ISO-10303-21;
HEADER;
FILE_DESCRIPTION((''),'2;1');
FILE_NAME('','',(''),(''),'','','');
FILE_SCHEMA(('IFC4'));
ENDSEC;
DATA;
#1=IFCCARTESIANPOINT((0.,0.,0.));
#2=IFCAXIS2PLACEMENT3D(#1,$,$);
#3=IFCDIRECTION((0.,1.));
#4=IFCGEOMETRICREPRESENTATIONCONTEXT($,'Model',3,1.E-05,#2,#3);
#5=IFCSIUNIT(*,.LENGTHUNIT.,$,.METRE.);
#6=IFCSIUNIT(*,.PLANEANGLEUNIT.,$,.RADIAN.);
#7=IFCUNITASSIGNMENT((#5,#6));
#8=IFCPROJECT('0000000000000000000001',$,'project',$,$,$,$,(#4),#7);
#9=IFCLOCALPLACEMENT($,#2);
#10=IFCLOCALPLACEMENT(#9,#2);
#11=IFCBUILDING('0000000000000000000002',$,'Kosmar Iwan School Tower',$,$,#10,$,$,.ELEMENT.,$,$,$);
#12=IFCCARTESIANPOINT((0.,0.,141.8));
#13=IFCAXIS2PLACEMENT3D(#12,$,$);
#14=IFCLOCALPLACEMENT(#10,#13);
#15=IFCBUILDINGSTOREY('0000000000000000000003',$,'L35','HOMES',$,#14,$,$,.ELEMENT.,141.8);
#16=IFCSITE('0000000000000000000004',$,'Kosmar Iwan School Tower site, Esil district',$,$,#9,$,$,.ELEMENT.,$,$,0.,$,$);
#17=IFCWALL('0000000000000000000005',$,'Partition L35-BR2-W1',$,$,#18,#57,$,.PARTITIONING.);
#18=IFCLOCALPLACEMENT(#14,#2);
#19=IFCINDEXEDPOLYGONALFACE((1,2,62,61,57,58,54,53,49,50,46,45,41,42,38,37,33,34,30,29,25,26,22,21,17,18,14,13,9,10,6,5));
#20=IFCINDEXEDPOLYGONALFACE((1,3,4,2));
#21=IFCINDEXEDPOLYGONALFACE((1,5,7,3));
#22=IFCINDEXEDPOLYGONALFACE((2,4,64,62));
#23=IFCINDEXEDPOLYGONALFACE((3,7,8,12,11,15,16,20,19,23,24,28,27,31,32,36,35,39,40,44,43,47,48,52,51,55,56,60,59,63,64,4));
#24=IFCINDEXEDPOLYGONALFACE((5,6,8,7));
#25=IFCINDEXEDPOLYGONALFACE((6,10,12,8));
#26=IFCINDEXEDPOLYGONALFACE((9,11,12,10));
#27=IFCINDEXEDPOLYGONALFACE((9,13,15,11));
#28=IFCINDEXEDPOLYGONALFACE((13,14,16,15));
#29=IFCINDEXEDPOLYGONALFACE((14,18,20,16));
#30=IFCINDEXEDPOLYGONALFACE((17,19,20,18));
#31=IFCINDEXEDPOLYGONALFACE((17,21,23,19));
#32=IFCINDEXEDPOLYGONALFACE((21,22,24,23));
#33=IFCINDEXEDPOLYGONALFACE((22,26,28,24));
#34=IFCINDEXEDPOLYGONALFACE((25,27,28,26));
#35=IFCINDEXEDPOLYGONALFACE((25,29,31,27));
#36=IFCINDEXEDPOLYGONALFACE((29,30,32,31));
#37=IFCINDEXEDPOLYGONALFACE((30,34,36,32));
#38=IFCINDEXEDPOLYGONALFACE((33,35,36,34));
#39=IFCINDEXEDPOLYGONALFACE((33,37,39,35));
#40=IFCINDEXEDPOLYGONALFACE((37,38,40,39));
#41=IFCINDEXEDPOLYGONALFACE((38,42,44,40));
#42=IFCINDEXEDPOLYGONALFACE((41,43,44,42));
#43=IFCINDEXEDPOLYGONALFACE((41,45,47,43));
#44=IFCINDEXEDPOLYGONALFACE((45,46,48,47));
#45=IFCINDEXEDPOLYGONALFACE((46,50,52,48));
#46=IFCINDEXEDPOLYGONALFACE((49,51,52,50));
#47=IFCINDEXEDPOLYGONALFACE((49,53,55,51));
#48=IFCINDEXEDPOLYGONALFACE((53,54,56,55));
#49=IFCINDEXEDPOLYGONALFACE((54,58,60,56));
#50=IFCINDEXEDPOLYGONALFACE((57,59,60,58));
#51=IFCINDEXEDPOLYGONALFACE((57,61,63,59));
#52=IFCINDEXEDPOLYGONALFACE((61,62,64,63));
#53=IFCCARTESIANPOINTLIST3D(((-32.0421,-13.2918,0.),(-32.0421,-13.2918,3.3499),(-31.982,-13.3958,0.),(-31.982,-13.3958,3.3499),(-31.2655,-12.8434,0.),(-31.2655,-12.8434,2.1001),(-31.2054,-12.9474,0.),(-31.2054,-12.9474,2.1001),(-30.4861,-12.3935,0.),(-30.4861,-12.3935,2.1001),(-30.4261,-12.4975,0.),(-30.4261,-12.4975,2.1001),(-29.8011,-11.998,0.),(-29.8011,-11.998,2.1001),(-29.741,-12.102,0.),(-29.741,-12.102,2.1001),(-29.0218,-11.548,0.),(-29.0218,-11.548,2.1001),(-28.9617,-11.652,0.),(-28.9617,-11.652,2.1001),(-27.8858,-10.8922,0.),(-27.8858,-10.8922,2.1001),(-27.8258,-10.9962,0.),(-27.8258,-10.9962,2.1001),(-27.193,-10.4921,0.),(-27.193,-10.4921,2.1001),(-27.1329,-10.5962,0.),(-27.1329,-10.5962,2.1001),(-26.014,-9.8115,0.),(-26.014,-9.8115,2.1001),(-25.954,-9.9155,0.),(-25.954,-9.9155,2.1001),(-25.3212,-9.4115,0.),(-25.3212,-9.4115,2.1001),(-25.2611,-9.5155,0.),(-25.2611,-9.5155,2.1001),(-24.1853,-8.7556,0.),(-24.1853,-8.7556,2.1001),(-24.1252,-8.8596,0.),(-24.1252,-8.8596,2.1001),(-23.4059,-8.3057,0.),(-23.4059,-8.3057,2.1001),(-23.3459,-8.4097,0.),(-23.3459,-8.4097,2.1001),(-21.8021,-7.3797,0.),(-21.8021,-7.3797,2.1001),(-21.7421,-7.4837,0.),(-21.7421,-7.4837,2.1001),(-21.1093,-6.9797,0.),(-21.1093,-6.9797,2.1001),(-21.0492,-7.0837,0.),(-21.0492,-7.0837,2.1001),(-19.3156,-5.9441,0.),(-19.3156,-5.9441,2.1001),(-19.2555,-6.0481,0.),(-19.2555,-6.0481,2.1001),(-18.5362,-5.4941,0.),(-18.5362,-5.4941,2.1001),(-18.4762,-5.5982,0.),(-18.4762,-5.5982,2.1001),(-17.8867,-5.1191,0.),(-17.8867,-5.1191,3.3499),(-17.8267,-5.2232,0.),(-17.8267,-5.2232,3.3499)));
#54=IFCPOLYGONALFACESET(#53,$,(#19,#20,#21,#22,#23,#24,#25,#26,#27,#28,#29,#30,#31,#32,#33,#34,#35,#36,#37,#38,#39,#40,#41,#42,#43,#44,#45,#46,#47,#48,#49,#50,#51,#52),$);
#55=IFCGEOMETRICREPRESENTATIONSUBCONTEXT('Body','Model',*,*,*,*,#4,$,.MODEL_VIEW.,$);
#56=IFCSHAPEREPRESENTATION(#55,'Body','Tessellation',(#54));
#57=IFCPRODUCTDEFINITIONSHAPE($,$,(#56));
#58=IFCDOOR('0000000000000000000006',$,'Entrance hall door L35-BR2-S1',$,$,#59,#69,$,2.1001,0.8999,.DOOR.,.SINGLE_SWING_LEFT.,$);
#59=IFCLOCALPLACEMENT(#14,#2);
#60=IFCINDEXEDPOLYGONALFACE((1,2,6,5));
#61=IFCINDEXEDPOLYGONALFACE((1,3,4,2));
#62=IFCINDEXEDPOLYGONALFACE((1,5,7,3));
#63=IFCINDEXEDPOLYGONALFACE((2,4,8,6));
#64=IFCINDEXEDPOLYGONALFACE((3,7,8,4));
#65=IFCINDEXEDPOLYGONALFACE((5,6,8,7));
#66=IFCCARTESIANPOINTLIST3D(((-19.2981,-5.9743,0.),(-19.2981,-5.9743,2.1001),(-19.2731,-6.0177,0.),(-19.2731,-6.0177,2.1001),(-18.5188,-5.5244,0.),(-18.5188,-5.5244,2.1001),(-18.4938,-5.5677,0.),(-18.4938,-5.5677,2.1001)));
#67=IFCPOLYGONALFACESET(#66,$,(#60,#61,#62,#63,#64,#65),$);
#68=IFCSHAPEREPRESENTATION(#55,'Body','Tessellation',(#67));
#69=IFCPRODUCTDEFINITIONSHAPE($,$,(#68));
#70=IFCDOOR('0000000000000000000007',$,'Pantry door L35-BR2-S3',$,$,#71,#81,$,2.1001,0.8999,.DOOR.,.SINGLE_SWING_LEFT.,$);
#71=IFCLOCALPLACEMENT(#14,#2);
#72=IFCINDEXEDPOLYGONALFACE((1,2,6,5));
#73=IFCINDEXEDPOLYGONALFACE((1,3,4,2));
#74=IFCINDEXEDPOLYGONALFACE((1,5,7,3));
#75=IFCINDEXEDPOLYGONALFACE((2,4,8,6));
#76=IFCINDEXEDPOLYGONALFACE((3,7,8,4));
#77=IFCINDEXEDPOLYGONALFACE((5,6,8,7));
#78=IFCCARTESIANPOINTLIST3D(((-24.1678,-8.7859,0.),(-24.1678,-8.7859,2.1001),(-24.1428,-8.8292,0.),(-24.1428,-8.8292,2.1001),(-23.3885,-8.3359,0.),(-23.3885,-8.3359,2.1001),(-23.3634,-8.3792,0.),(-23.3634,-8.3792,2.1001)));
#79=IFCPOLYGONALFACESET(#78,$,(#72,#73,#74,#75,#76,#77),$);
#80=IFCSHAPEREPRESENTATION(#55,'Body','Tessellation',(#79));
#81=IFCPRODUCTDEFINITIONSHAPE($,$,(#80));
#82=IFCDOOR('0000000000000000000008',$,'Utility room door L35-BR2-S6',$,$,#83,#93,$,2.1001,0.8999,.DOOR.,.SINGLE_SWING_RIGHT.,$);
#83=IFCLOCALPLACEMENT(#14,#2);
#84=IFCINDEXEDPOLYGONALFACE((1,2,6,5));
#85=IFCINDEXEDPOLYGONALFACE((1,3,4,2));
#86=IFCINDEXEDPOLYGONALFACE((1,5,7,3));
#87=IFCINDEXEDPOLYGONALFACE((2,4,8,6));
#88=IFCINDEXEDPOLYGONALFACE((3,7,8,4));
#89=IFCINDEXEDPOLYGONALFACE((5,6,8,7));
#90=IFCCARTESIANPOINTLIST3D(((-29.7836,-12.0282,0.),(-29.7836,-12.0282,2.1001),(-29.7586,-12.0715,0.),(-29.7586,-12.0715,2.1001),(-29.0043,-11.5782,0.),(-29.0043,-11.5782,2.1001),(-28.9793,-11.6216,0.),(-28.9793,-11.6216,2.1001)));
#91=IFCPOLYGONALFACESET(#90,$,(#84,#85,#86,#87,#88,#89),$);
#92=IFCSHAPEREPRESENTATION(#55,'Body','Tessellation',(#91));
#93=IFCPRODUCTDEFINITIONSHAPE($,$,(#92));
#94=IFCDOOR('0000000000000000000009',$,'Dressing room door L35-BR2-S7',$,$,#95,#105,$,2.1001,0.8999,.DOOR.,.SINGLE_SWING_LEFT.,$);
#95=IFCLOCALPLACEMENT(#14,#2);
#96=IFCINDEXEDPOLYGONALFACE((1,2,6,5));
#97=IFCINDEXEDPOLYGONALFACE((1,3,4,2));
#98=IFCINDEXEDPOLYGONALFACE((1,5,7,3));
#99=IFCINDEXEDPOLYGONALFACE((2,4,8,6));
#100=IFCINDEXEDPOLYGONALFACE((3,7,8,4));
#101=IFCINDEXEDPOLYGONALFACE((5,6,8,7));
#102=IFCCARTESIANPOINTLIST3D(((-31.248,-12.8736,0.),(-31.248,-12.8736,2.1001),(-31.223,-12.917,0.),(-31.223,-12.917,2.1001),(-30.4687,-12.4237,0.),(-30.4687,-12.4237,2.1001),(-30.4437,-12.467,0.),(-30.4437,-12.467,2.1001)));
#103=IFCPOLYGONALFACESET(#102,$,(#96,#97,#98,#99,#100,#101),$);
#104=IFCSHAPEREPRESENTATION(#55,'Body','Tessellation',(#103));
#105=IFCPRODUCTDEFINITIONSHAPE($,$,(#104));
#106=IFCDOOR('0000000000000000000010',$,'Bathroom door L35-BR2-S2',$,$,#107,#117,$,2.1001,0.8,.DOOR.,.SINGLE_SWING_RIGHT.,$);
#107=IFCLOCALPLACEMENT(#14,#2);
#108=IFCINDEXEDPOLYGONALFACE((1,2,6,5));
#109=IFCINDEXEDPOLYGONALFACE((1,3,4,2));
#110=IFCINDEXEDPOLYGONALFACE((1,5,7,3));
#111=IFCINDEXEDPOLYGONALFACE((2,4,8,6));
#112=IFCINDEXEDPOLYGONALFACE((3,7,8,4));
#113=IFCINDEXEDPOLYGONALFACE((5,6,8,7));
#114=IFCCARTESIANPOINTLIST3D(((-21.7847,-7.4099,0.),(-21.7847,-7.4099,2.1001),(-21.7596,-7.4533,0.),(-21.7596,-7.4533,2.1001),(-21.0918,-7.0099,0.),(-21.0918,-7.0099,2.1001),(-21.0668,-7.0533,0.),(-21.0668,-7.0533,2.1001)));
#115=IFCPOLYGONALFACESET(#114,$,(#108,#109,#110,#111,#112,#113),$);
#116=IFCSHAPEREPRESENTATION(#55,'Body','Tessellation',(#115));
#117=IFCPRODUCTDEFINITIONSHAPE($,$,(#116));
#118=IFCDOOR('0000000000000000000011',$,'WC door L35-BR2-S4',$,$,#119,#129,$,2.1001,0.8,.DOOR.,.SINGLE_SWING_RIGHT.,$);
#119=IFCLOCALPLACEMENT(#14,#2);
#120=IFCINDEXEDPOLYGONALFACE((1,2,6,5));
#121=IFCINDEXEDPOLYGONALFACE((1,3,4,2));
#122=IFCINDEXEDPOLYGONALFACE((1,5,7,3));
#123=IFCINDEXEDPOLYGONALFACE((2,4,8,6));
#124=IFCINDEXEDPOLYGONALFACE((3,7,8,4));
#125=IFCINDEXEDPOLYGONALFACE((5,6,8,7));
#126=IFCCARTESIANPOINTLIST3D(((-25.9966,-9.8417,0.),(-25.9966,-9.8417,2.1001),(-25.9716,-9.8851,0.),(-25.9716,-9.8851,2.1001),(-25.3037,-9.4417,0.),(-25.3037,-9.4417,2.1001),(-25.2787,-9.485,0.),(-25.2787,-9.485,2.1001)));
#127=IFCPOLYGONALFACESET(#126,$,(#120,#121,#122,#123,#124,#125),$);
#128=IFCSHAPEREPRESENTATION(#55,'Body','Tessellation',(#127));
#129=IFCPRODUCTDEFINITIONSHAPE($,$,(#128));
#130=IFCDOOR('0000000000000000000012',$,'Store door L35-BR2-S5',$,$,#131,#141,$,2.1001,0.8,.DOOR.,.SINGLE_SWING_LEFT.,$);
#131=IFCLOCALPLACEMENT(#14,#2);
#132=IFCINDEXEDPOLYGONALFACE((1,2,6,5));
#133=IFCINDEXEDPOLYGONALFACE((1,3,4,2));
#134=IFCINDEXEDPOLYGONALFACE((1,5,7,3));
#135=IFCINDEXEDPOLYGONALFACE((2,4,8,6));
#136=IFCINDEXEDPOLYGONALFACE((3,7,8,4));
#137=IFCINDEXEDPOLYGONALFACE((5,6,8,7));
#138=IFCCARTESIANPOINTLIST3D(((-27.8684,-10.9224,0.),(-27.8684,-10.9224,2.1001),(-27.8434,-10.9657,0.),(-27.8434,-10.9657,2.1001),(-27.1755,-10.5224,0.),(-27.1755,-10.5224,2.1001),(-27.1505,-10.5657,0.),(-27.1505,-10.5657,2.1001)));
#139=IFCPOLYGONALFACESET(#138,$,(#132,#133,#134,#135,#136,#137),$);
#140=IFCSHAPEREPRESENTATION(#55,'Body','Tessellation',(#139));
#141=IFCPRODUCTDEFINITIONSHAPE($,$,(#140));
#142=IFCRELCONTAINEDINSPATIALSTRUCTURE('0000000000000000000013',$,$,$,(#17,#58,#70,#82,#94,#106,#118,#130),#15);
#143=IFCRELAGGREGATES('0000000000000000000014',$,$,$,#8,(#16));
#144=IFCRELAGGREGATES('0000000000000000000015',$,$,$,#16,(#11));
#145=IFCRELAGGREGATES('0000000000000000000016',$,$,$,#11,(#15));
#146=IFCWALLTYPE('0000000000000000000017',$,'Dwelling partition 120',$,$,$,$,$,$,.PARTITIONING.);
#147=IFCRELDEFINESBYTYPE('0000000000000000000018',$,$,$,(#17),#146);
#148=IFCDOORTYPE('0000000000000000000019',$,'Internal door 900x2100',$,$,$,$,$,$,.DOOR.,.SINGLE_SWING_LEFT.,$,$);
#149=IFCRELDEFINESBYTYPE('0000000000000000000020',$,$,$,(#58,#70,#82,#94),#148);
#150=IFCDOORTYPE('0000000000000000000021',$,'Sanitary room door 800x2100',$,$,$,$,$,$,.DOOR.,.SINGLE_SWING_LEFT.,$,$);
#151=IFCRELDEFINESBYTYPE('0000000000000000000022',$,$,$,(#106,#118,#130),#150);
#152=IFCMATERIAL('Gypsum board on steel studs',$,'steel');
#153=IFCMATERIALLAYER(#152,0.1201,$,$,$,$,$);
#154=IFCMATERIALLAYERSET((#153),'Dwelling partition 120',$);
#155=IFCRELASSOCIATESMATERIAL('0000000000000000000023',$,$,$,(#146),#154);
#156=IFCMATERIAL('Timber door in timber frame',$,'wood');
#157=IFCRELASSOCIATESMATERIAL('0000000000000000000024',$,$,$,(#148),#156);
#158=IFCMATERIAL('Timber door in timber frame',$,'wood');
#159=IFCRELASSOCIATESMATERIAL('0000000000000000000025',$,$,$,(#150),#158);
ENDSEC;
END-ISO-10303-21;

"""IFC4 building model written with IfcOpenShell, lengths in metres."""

from ifc_helpers import new_model, si_unit, direction, frame, frame_2d, origin, place, context, subcontext, project, spatial, rectangle, extrude, material, layer, layer_set, type_object, element, fill, save


model = new_model("IFC4")

# Units and contexts
model_context = context("Model", 3, precision=1e-05, world=origin(), true_north=direction((0.0, 1.0)))
body_context = subcontext(model_context, "Body", "Model", "MODEL_VIEW")
ifc_project = project(units=[si_unit("LENGTHUNIT", "METRE"), si_unit("PLANEANGLEUNIT", "RADIAN")], contexts=[model_context])

# Site, building, storey
site_placement = place(None, origin())
site = spatial("IfcSite", under=ifc_project, at=site_placement, Name="Kosmar Iwan School Tower site, Esil district", CompositionType="ELEMENT", RefElevation=0.0)
building_placement = place(site_placement, origin())
building = spatial("IfcBuilding", under=site, at=building_placement, Name="Kosmar Iwan School Tower", CompositionType="ELEMENT")
storey_placement = place(building_placement, frame((0.0, 0.0, 141.8)))
storey = spatial("IfcBuildingStorey", under=building, at=storey_placement, Name="L35", Description="HOMES", CompositionType="ELEMENT", Elevation=141.8)

# Shared definitions
ifc_material_1 = material(Name="Gypsum board on steel studs", Category="steel")
ifc_layer = layer(ifc_material_1, 0.1201)
ifc_layer_set = layer_set([ifc_layer], Name="Dwelling partition 120")
wall_type = type_object("IfcWallType", Name="Dwelling partition 120", PredefinedType="PARTITIONING", material=ifc_layer_set)

# Wall, openings, doors
wall_1_placement = place(storey_placement, frame((-17.8567, -5.1711, 0.0), z_axis=(0.0, 0.0, 1.0), x_axis=(-0.866024, -0.500003, 0.0)))
wall_1 = element("IfcWall", 1, at=wall_1_placement, inside=storey, type_object=wall_type, Name="Partition L35-BR2-W1", PredefinedType="PARTITIONING", context=body_context, shape_type="SweptSolid", body=[
    extrude(rectangle(XDim=16.3452, YDim=0.1201, at=frame_2d((8.1726, 0.0))), origin(), (0.0, 0.0, 1.0), 3.3499),
])
opening_1_placement = place(wall_1_placement, frame((0.75, 0.0, 0.0)))
opening_1 = element("IfcOpeningElement", 2, at=opening_1_placement, cuts=wall_1, PredefinedType="OPENING", context=body_context, shape_type="SweptSolid", body=[
    extrude(rectangle(XDim=0.8999, YDim=2.1001, at=frame_2d((0.45, 1.05))), frame((0.0, 0.072, 0.0), z_axis=(0.0, -1.0, 0.0), x_axis=(1.0, 0.0, 0.0)), (0.0, 0.0, 1.0), 0.144),
])
opening_2_placement = place(wall_1_placement, frame((3.7212, 0.0, 0.0)))
opening_2 = element("IfcOpeningElement", 3, at=opening_2_placement, cuts=wall_1, PredefinedType="OPENING", context=body_context, shape_type="SweptSolid", body=[
    extrude(rectangle(XDim=0.8, YDim=2.1001, at=frame_2d((0.3999, 1.05))), frame((0.0, 0.072, 0.0), z_axis=(0.0, -1.0, 0.0), x_axis=(1.0, 0.0, 0.0)), (0.0, 0.0, 1.0), 0.144),
])
opening_3_placement = place(wall_1_placement, frame((6.373, 0.0, 0.0)))
opening_3 = element("IfcOpeningElement", 4, at=opening_3_placement, cuts=wall_1, PredefinedType="OPENING", context=body_context, shape_type="SweptSolid", body=[
    extrude(rectangle(XDim=0.8999, YDim=2.1001, at=frame_2d((0.45, 1.05))), frame((0.0, 0.072, 0.0), z_axis=(0.0, -1.0, 0.0), x_axis=(1.0, 0.0, 0.0)), (0.0, 0.0, 1.0), 0.144),
])
opening_4_placement = place(wall_1_placement, frame((8.5847, 0.0, 0.0)))
opening_4 = element("IfcOpeningElement", 5, at=opening_4_placement, cuts=wall_1, PredefinedType="OPENING", context=body_context, shape_type="SweptSolid", body=[
    extrude(rectangle(XDim=0.8, YDim=2.1001, at=frame_2d((0.3999, 1.05))), frame((0.0, 0.072, 0.0), z_axis=(0.0, -1.0, 0.0), x_axis=(1.0, 0.0, 0.0)), (0.0, 0.0, 1.0), 0.144),
])
opening_5_placement = place(wall_1_placement, frame((10.7461, 0.0, 0.0)))
opening_5 = element("IfcOpeningElement", 6, at=opening_5_placement, cuts=wall_1, PredefinedType="OPENING", context=body_context, shape_type="SweptSolid", body=[
    extrude(rectangle(XDim=0.8, YDim=2.1001, at=frame_2d((0.3999, 1.05))), frame((0.0, 0.072, 0.0), z_axis=(0.0, -1.0, 0.0), x_axis=(1.0, 0.0, 0.0)), (0.0, 0.0, 1.0), 0.144),
])
opening_6_placement = place(wall_1_placement, frame((12.8577, 0.0, 0.0)))
opening_6 = element("IfcOpeningElement", 7, at=opening_6_placement, cuts=wall_1, PredefinedType="OPENING", context=body_context, shape_type="SweptSolid", body=[
    extrude(rectangle(XDim=0.8999, YDim=2.1001, at=frame_2d((0.45, 1.05))), frame((0.0, 0.072, 0.0), z_axis=(0.0, -1.0, 0.0), x_axis=(1.0, 0.0, 0.0)), (0.0, 0.0, 1.0), 0.144),
])
opening_7_placement = place(wall_1_placement, frame((14.5486, 0.0, 0.0)))
opening_7 = element("IfcOpeningElement", 8, at=opening_7_placement, cuts=wall_1, PredefinedType="OPENING", context=body_context, shape_type="SweptSolid", body=[
    extrude(rectangle(XDim=0.8999, YDim=2.1001, at=frame_2d((0.45, 1.05))), frame((0.0, 0.072, 0.0), z_axis=(0.0, -1.0, 0.0), x_axis=(1.0, 0.0, 0.0)), (0.0, 0.0, 1.0), 0.144),
])
ifc_material_2 = material(Name="Timber door in timber frame", Category="wood")
door_type_1 = type_object("IfcDoorType", Name="Internal door 900x2100", OperationType="SINGLE_SWING_LEFT", PredefinedType="DOOR", material=ifc_material_2)
door_1_placement = place(opening_1_placement, origin())
door_1 = element("IfcDoor", 9, at=door_1_placement, inside=storey, type_object=door_type_1, Name="Entrance hall door L35-BR2-S1", OperationType="SINGLE_SWING_LEFT", OverallHeight=2.1001, OverallWidth=0.8999, PredefinedType="DOOR", context=body_context, shape_type="SweptSolid", body=[
    extrude(rectangle(XDim=0.8999, YDim=2.1001, at=frame_2d((0.45, 1.05))), frame((0.0, 0.0249, 0.0), z_axis=(0.0, -1.0, 0.0), x_axis=(1.0, 0.0, 0.0)), (0.0, 0.0, 1.0), 0.05),
])
fill(opening_1, door_1)
door_2_placement = place(opening_3_placement, origin())
door_2 = element("IfcDoor", 10, at=door_2_placement, inside=storey, type_object=door_type_1, Name="Pantry door L35-BR2-S3", OperationType="SINGLE_SWING_LEFT", OverallHeight=2.1001, OverallWidth=0.8999, PredefinedType="DOOR", context=body_context, shape_type="SweptSolid", body=[
    extrude(rectangle(XDim=0.8999, YDim=2.1001, at=frame_2d((0.45, 1.05))), frame((0.0, 0.0249, 0.0), z_axis=(0.0, -1.0, 0.0), x_axis=(1.0, 0.0, 0.0)), (0.0, 0.0, 1.0), 0.05),
])
fill(opening_3, door_2)
door_3_placement = place(opening_6_placement, origin())
door_3 = element("IfcDoor", 11, at=door_3_placement, inside=storey, type_object=door_type_1, Name="Utility room door L35-BR2-S6", OperationType="SINGLE_SWING_RIGHT", OverallHeight=2.1001, OverallWidth=0.8999, PredefinedType="DOOR", context=body_context, shape_type="SweptSolid", body=[
    extrude(rectangle(XDim=0.8999, YDim=2.1001, at=frame_2d((0.45, 1.05))), frame((0.0, 0.0249, 0.0), z_axis=(0.0, -1.0, 0.0), x_axis=(1.0, 0.0, 0.0)), (0.0, 0.0, 1.0), 0.05),
])
fill(opening_6, door_3)
door_4_placement = place(opening_7_placement, origin())
door_4 = element("IfcDoor", 12, at=door_4_placement, inside=storey, type_object=door_type_1, Name="Dressing room door L35-BR2-S7", OperationType="SINGLE_SWING_LEFT", OverallHeight=2.1001, OverallWidth=0.8999, PredefinedType="DOOR", context=body_context, shape_type="SweptSolid", body=[
    extrude(rectangle(XDim=0.8999, YDim=2.1001, at=frame_2d((0.45, 1.05))), frame((0.0, 0.0249, 0.0), z_axis=(0.0, -1.0, 0.0), x_axis=(1.0, 0.0, 0.0)), (0.0, 0.0, 1.0), 0.05),
])
fill(opening_7, door_4)
ifc_material_3 = material(Name="Timber door in timber frame", Category="wood")
door_type_2 = type_object("IfcDoorType", Name="Sanitary room door 800x2100", OperationType="SINGLE_SWING_LEFT", PredefinedType="DOOR", material=ifc_material_3)
door_5_placement = place(opening_2_placement, origin())
door_5 = element("IfcDoor", 13, at=door_5_placement, inside=storey, type_object=door_type_2, Name="Bathroom door L35-BR2-S2", OperationType="SINGLE_SWING_RIGHT", OverallHeight=2.1001, OverallWidth=0.8, PredefinedType="DOOR", context=body_context, shape_type="SweptSolid", body=[
    extrude(rectangle(XDim=0.8, YDim=2.1001, at=frame_2d((0.3999, 1.05))), frame((0.0, 0.0249, 0.0), z_axis=(0.0, -1.0, 0.0), x_axis=(1.0, 0.0, 0.0)), (0.0, 0.0, 1.0), 0.05),
])
fill(opening_2, door_5)
door_6_placement = place(opening_4_placement, origin())
door_6 = element("IfcDoor", 14, at=door_6_placement, inside=storey, type_object=door_type_2, Name="WC door L35-BR2-S4", OperationType="SINGLE_SWING_RIGHT", OverallHeight=2.1001, OverallWidth=0.8, PredefinedType="DOOR", context=body_context, shape_type="SweptSolid", body=[
    extrude(rectangle(XDim=0.8, YDim=2.1001, at=frame_2d((0.3999, 1.05))), frame((0.0, 0.0249, 0.0), z_axis=(0.0, -1.0, 0.0), x_axis=(1.0, 0.0, 0.0)), (0.0, 0.0, 1.0), 0.05),
])
fill(opening_4, door_6)
door_7_placement = place(opening_5_placement, origin())
door_7 = element("IfcDoor", 15, at=door_7_placement, inside=storey, type_object=door_type_2, Name="Store door L35-BR2-S5", OperationType="SINGLE_SWING_LEFT", OverallHeight=2.1001, OverallWidth=0.8, PredefinedType="DOOR", context=body_context, shape_type="SweptSolid", body=[
    extrude(rectangle(XDim=0.8, YDim=2.1001, at=frame_2d((0.3999, 1.05))), frame((0.0, 0.0249, 0.0), z_axis=(0.0, -1.0, 0.0), x_axis=(1.0, 0.0, 0.0)), (0.0, 0.0, 1.0), 0.05),
])
fill(opening_5, door_7)

save(model, "model.ifc")
